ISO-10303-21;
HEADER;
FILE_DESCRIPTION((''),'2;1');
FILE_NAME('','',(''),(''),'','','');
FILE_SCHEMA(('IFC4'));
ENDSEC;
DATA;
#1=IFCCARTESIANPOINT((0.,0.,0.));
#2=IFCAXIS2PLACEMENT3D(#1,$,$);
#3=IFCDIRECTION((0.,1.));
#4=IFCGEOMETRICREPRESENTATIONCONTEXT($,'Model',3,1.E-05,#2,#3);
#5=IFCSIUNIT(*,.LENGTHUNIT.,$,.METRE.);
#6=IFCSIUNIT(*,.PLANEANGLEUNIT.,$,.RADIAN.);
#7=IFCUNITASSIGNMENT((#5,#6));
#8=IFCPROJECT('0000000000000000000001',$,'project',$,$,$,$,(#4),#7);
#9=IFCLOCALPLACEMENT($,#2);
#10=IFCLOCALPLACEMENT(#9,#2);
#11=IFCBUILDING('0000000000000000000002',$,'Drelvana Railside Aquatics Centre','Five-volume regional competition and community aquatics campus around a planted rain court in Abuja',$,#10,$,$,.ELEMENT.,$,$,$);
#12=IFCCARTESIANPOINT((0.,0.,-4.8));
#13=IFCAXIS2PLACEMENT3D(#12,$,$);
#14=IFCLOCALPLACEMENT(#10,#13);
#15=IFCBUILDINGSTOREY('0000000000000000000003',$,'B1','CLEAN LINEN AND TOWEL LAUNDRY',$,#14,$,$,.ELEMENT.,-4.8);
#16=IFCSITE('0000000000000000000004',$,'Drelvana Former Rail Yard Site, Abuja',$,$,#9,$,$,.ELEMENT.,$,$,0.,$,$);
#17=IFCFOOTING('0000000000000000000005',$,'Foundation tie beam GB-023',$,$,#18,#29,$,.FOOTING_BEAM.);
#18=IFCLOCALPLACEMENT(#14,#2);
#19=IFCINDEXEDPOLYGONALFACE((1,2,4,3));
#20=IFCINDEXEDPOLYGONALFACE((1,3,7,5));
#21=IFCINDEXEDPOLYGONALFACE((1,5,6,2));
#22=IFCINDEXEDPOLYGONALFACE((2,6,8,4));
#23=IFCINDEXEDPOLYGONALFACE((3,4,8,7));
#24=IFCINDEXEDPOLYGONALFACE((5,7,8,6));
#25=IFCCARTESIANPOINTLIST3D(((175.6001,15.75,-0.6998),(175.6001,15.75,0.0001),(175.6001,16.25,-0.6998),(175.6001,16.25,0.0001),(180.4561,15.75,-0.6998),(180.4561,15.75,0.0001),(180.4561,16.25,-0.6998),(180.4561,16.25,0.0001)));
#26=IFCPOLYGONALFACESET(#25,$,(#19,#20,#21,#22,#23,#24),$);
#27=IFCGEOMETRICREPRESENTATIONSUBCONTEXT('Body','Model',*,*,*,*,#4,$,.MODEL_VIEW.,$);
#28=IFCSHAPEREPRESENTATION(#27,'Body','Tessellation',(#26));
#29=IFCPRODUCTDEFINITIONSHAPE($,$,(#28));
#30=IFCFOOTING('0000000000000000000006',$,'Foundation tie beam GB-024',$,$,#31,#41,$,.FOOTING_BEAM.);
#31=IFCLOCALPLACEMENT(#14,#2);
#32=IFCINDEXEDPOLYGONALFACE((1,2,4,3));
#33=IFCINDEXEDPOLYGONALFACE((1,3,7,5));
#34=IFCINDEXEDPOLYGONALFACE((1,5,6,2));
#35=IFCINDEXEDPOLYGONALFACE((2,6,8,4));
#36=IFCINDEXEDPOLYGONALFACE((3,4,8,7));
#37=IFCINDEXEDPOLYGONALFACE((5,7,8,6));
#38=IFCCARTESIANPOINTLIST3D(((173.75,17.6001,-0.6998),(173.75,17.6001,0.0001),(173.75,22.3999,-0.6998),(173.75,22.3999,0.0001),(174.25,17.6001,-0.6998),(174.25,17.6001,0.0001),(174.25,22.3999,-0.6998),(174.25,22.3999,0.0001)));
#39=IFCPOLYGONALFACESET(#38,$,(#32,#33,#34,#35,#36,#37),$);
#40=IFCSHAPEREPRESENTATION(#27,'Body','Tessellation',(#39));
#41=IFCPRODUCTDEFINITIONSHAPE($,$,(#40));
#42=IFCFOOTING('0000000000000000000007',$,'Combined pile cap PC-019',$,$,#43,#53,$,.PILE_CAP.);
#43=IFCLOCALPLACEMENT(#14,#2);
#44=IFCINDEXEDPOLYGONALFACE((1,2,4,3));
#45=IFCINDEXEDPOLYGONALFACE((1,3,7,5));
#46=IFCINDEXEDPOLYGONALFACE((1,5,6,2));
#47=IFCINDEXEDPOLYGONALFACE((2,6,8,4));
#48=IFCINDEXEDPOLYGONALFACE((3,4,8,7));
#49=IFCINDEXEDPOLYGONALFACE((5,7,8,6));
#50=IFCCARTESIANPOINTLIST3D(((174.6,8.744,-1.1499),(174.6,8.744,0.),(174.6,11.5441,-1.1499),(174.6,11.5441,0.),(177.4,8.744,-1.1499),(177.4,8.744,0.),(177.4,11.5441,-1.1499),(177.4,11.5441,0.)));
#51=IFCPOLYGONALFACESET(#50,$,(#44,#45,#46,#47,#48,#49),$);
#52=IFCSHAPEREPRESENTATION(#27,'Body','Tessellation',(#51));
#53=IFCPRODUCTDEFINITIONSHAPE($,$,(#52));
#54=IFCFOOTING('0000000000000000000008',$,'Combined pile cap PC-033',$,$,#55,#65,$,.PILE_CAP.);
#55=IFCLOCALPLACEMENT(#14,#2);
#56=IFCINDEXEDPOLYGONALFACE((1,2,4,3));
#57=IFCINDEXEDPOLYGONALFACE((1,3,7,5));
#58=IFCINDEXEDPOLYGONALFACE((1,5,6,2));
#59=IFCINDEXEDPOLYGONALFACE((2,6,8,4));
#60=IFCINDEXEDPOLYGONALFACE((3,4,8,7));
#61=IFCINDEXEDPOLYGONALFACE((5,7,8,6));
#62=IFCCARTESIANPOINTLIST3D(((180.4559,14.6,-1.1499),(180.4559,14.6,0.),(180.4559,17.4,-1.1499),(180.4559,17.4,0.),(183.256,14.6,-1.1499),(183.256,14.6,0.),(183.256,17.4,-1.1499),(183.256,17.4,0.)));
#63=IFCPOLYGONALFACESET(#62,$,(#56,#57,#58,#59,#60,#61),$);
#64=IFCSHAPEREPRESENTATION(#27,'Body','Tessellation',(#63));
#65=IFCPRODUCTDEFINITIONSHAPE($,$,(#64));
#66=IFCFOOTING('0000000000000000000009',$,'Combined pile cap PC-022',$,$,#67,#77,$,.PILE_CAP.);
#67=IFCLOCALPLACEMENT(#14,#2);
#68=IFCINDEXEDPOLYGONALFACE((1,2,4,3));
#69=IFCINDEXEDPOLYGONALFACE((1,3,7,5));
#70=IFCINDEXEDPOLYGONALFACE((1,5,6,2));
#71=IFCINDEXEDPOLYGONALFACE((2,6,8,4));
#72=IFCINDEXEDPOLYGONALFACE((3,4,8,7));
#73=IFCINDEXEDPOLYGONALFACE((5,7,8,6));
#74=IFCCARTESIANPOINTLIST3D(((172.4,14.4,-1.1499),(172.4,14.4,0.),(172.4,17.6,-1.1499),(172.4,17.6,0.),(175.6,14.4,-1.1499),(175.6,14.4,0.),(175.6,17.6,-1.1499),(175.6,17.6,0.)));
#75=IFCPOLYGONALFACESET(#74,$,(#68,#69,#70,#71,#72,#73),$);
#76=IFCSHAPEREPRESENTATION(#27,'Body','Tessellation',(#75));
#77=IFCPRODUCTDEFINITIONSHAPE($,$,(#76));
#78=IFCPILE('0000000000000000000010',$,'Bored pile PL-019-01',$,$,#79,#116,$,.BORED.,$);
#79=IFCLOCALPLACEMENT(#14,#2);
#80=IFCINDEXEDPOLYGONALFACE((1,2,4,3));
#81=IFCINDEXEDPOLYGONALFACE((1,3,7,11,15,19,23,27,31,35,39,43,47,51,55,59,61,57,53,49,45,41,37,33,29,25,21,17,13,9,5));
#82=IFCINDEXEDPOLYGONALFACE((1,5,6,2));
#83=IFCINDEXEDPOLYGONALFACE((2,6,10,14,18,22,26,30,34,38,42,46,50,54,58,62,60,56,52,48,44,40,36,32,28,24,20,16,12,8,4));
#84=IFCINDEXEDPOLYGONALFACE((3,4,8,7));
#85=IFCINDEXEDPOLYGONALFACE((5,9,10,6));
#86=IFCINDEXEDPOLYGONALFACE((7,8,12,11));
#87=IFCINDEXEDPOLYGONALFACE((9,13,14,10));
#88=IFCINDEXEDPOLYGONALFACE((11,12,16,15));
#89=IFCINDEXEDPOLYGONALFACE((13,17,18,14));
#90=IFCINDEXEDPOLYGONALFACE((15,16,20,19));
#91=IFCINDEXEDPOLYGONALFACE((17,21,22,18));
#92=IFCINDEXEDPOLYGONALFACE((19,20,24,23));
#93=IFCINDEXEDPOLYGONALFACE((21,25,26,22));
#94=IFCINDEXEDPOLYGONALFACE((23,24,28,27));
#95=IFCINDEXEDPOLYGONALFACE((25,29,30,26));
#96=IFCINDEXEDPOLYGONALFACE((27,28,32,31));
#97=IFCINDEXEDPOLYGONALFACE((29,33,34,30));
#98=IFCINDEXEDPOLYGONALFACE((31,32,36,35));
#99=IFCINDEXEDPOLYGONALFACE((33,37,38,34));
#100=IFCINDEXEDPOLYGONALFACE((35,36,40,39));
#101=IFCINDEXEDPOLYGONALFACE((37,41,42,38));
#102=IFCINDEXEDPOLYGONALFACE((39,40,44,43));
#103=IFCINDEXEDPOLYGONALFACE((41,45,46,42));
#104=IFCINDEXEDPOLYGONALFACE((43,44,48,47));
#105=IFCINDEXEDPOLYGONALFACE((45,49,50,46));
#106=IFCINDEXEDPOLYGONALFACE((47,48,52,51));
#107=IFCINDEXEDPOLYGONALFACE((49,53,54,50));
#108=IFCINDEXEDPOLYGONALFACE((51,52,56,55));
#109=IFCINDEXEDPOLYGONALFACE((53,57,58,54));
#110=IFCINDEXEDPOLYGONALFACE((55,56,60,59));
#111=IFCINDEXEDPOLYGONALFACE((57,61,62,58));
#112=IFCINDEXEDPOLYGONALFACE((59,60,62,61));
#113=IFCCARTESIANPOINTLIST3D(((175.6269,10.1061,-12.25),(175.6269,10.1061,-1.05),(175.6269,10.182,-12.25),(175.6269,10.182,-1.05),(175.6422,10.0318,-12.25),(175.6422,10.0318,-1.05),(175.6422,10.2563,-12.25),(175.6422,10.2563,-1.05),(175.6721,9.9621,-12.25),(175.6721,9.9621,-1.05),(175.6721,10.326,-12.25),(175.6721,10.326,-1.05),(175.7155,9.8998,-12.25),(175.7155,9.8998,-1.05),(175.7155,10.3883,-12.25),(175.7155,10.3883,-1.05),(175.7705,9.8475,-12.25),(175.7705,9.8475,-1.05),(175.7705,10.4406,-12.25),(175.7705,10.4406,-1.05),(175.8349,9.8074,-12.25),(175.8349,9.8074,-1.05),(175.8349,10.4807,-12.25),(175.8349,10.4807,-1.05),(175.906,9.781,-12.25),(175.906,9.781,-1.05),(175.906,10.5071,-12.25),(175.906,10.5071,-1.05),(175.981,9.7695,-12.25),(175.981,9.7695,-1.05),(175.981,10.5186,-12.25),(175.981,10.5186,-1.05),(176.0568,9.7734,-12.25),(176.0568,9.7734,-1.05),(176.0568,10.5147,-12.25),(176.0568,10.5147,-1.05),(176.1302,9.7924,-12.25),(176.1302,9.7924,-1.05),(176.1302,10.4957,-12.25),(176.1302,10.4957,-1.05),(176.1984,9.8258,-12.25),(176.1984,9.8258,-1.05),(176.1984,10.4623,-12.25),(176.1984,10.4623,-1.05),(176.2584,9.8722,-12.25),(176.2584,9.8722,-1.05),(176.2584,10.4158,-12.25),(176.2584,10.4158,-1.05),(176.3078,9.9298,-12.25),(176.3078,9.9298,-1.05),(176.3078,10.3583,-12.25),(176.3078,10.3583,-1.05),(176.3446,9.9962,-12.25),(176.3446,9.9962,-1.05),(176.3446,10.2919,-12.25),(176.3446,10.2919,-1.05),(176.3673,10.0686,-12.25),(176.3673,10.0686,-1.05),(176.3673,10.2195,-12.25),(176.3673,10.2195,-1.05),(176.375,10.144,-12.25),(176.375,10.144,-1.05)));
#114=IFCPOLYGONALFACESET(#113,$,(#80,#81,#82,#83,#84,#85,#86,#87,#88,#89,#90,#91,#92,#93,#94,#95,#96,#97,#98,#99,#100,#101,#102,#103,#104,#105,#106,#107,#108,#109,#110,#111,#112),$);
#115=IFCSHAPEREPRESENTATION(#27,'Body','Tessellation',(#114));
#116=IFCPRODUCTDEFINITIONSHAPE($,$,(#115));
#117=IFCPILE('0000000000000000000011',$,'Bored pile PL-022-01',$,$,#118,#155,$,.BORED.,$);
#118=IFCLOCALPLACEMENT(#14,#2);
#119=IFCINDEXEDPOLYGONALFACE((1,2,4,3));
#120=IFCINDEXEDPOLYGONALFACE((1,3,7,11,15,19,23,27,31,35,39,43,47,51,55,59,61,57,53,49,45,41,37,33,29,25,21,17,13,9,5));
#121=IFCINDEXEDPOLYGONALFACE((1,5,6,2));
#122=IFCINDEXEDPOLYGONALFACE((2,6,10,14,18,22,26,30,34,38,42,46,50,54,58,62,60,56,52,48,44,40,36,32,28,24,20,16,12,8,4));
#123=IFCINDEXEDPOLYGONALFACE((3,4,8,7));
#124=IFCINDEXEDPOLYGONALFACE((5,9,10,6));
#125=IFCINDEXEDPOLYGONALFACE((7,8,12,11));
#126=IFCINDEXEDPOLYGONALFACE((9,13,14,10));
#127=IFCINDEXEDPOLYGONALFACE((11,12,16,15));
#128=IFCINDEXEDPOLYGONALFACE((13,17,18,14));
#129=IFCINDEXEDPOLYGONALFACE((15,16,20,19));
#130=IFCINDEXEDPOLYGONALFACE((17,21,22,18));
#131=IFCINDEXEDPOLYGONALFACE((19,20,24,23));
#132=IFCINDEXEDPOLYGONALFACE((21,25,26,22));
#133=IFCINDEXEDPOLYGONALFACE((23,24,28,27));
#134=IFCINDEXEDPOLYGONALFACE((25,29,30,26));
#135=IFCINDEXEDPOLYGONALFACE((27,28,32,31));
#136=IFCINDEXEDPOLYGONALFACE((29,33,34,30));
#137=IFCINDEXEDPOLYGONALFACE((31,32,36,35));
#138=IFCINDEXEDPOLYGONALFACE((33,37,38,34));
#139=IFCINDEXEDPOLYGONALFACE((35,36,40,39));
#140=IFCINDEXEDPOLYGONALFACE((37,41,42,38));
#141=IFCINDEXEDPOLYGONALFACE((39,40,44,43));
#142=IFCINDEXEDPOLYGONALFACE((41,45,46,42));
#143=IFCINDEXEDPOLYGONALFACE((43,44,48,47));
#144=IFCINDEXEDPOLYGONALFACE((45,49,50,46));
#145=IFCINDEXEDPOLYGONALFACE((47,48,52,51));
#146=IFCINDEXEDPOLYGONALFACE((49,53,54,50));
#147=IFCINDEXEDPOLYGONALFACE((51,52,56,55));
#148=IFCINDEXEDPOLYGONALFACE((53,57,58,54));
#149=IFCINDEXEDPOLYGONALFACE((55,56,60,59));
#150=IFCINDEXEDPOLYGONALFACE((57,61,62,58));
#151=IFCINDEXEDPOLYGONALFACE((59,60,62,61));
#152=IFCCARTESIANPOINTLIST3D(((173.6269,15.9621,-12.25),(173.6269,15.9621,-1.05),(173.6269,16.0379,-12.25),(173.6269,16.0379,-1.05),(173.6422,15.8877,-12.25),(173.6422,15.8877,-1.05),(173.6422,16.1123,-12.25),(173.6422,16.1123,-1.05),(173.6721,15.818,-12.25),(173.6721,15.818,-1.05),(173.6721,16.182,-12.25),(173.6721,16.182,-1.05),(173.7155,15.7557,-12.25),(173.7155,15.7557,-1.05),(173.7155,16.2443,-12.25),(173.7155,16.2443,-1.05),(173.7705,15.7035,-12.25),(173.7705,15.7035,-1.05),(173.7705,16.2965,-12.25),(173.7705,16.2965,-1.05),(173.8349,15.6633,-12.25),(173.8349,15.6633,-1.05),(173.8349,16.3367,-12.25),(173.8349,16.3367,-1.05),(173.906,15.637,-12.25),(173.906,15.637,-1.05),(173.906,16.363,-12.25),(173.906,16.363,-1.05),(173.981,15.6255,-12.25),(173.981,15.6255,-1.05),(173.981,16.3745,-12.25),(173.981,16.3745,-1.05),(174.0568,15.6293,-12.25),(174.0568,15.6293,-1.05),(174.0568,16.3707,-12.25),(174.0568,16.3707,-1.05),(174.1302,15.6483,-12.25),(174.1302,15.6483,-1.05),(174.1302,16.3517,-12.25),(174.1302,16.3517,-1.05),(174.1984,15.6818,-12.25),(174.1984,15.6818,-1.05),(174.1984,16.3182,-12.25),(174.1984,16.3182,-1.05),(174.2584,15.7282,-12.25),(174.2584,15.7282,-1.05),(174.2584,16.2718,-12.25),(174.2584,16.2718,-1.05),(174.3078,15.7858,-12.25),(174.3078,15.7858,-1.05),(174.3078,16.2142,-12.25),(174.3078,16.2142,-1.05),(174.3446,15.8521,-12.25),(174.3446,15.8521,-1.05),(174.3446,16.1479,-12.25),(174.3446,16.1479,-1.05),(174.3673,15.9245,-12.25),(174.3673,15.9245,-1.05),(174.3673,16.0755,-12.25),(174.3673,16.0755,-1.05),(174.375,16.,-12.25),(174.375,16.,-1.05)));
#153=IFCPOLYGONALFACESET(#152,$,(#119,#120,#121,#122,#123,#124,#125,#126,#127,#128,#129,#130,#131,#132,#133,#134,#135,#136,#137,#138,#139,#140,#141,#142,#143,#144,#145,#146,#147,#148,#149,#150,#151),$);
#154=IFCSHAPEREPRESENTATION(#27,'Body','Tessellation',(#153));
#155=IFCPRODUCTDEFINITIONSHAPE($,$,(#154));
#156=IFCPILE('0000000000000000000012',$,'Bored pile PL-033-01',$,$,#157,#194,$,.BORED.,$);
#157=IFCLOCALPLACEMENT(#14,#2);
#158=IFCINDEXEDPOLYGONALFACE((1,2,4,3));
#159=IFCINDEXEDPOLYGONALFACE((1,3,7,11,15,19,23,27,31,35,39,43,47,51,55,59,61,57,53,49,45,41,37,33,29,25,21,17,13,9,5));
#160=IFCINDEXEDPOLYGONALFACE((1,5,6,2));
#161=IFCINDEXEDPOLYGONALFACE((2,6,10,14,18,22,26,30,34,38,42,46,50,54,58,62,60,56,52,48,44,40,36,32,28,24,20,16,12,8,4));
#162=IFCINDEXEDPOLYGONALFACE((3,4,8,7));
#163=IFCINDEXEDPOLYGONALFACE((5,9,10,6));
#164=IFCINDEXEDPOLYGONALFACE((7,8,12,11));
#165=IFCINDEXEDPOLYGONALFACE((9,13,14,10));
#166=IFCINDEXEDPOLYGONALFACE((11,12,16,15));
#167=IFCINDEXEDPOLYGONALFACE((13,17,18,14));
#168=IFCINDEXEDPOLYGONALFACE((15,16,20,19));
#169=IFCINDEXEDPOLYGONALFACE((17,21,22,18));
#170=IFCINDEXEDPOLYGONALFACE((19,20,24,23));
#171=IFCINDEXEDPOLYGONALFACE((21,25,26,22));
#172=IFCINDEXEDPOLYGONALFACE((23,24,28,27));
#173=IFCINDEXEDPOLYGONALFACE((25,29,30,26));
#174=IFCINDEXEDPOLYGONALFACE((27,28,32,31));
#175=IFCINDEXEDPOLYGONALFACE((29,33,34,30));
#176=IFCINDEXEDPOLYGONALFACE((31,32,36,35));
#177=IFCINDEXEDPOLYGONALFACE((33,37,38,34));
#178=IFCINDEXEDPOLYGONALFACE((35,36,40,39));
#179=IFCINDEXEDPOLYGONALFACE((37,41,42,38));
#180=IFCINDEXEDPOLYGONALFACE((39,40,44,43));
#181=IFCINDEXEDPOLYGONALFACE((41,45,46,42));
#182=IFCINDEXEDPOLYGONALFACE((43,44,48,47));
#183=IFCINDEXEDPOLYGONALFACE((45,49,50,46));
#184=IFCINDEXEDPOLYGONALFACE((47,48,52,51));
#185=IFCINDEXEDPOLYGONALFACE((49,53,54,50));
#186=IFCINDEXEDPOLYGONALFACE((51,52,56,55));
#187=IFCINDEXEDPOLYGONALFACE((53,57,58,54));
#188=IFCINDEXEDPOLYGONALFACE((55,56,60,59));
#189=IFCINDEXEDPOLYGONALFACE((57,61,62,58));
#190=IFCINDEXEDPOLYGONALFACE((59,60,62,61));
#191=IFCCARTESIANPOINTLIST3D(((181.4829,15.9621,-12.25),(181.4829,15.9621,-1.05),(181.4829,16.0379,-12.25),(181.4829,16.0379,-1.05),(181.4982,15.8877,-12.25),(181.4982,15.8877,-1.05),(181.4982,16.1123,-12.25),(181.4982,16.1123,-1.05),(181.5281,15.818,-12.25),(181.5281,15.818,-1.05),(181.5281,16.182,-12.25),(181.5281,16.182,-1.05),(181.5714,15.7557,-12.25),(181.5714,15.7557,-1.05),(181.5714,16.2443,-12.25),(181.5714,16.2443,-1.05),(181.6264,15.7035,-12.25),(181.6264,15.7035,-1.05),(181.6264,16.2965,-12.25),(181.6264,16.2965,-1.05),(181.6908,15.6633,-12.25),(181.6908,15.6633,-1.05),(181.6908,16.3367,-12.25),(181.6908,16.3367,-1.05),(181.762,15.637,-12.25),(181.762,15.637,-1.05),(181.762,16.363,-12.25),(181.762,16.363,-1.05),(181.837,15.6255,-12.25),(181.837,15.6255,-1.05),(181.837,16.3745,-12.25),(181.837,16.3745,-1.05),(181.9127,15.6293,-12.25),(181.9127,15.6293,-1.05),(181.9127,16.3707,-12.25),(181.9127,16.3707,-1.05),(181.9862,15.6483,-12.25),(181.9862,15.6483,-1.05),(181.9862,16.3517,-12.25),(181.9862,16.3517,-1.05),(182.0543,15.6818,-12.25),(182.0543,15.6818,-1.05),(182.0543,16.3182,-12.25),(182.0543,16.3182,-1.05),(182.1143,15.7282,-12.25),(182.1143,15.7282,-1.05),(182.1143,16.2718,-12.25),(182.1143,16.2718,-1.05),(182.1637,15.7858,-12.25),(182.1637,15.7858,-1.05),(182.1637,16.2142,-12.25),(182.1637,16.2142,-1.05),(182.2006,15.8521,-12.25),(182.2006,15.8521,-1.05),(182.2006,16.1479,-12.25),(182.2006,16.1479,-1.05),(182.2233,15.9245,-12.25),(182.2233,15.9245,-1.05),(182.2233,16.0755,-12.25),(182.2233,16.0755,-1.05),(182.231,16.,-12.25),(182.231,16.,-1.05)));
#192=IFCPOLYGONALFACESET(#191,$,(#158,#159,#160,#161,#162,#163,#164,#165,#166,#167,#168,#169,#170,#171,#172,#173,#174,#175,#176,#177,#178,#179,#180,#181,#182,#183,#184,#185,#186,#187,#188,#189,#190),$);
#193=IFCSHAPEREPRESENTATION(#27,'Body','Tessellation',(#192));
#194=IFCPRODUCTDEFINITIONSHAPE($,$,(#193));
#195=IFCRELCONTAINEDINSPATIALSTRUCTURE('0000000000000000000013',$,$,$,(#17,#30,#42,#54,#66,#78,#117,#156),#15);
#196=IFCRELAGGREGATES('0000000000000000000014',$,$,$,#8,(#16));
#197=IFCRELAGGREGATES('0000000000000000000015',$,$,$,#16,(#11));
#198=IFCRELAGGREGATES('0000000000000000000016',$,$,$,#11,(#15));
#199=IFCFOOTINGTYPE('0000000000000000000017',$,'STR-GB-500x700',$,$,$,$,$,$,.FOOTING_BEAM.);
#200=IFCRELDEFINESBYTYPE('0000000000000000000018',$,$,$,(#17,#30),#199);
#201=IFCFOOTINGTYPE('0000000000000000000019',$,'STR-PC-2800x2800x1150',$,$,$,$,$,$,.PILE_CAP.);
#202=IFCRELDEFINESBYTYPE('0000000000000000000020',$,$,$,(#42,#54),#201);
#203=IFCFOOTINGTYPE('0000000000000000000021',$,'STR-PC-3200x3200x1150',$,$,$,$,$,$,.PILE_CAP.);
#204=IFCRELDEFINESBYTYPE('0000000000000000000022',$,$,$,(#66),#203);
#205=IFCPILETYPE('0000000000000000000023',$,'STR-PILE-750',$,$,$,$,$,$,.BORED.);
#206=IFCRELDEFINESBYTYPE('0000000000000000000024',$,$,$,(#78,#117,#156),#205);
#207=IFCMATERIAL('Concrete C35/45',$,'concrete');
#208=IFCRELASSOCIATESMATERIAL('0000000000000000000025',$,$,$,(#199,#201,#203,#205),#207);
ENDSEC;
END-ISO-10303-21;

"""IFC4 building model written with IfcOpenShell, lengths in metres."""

from ifc_helpers import new_model, si_unit, direction, frame, origin, origin_2d, place, context, subcontext, project, spatial, rectangle, circle, extrude, material, material_profile, profile_set, type_object, element, save


model = new_model("IFC4")

# Units and contexts
model_context = context("Model", 3, precision=1e-05, world=origin(), true_north=direction((0.0, 1.0)))
body_context = subcontext(model_context, "Body", "Model", "MODEL_VIEW")
ifc_project = project(units=[si_unit("LENGTHUNIT", "METRE"), si_unit("PLANEANGLEUNIT", "RADIAN")], contexts=[model_context])

# Site, building, storey
site_placement = place(None, origin())
site = spatial("IfcSite", under=ifc_project, at=site_placement, Name="Drelvana Former Rail Yard Site, Abuja", CompositionType="ELEMENT", RefElevation=0.0)
building_placement = place(site_placement, origin())
building = spatial("IfcBuilding", under=site, at=building_placement, Name="Drelvana Railside Aquatics Centre", Description="Five-volume regional competition and community aquatics campus around a planted rain court in Abuja", CompositionType="ELEMENT")
storey_placement = place(building_placement, frame((0.0, 0.0, -4.8)))
storey = spatial("IfcBuildingStorey", under=building, at=storey_placement, Name="B1", Description="CLEAN LINEN AND TOWEL LAUNDRY", CompositionType="ELEMENT", Elevation=-4.8)

# Footings
ifc_material_1 = material(Name="Concrete C35/45", Category="concrete")
ifc_material_profile_1 = material_profile(ifc_material_1, rectangle(XDim=0.5, YDim=0.7, at=origin_2d()), Name="GB 500x700")
ifc_profile_set_1 = profile_set([ifc_material_profile_1], Name="Concrete C35/45")
footing_type_1 = type_object("IfcFootingType", Name="STR-GB-500x700", PredefinedType="FOOTING_BEAM", material=ifc_profile_set_1)
footing_1_placement = place(storey_placement, frame((175.6001, 16.0, -0.3499), z_axis=(1.0, 0.0, 0.0), x_axis=(0.0, 1.0, 0.0)))
element("IfcFooting", 1, at=footing_1_placement, inside=storey, type_object=footing_type_1, Name="Foundation tie beam GB-023", PredefinedType="FOOTING_BEAM", context=body_context, shape_type="SweptSolid", body=[
    extrude(rectangle(XDim=0.5, YDim=0.7, at=origin_2d()), origin(), (0.0, 0.0, 1.0), 4.856),
])
footing_2_placement = place(storey_placement, frame((174.0, 17.6001, -0.3499), z_axis=(0.0, 1.0, 0.0), x_axis=(-1.0, 0.0, 0.0)))
element("IfcFooting", 2, at=footing_2_placement, inside=storey, type_object=footing_type_1, Name="Foundation tie beam GB-024", PredefinedType="FOOTING_BEAM", context=body_context, shape_type="SweptSolid", body=[
    extrude(rectangle(XDim=0.5, YDim=0.7, at=origin_2d()), origin(), (0.0, 0.0, 1.0), 4.7998),
])
footing_type_2 = type_object("IfcFootingType", Name="STR-PC-2800x2800x1150", PredefinedType="PILE_CAP", material=ifc_material_1)
for number, where, z_axis, x_axis, name in (
    (3, (176.0, 10.144, -1.1499), (0.0, 0.0, 1.0), (1.0, 0.0, 0.0), "Combined pile cap PC-019"),
    (4, (181.856, 16.0, -1.1499), (0.0, 0.0, 1.0), (1.0, 0.0, 0.0), "Combined pile cap PC-033"),
):
    element("IfcFooting", number, at=place(storey_placement, frame(where, z_axis=z_axis, x_axis=x_axis)), inside=storey, type_object=footing_type_2, Name=name, PredefinedType="PILE_CAP", context=body_context, shape_type="SweptSolid", body=[
        extrude(rectangle(XDim=2.8, YDim=2.8, at=origin_2d()), origin(), (0.0, 0.0, 1.0), 1.1499),
    ])
footing_type_3 = type_object("IfcFootingType", Name="STR-PC-3200x3200x1150", PredefinedType="PILE_CAP", material=ifc_material_1)
footing_3_placement = place(storey_placement, frame((174.0, 16.0, -1.1499), z_axis=(0.0, 0.0, 1.0), x_axis=(1.0, 0.0, 0.0)))
element("IfcFooting", 5, at=footing_3_placement, inside=storey, type_object=footing_type_3, Name="Combined pile cap PC-022", PredefinedType="PILE_CAP", context=body_context, shape_type="SweptSolid", body=[
    extrude(rectangle(XDim=3.2, YDim=3.2, at=origin_2d()), origin(), (0.0, 0.0, 1.0), 1.1499),
])

# Piles
ifc_material_profile_2 = material_profile(ifc_material_1, circle(Radius=0.375, at=origin_2d()), Name="PILE D750")
ifc_profile_set_2 = profile_set([ifc_material_profile_2], Name="Concrete C35/45")
pile_type = type_object("IfcPileType", Name="STR-PILE-750", PredefinedType="BORED", material=ifc_profile_set_2)
for number, where, z_axis, x_axis, name in (
    (6, (176.0, 10.144, -1.05), (0.0, 0.0, -1.0), (1.0, 0.0, 0.0), "Bored pile PL-019-01"),
    (7, (174.0, 16.0, -1.05), (0.0, 0.0, -1.0), (1.0, 0.0, 0.0), "Bored pile PL-022-01"),
    (8, (181.856, 16.0, -1.05), (0.0, 0.0, -1.0), (1.0, 0.0, 0.0), "Bored pile PL-033-01"),
):
    element("IfcPile", number, at=place(storey_placement, frame(where, z_axis=z_axis, x_axis=x_axis)), inside=storey, type_object=pile_type, Name=name, PredefinedType="BORED", context=body_context, shape_type="SweptSolid", body=[
        extrude(circle(Radius=0.375, at=origin_2d()), origin(), (0.0, 0.0, 1.0), 11.2),
    ])

save(model, "model.ifc")
